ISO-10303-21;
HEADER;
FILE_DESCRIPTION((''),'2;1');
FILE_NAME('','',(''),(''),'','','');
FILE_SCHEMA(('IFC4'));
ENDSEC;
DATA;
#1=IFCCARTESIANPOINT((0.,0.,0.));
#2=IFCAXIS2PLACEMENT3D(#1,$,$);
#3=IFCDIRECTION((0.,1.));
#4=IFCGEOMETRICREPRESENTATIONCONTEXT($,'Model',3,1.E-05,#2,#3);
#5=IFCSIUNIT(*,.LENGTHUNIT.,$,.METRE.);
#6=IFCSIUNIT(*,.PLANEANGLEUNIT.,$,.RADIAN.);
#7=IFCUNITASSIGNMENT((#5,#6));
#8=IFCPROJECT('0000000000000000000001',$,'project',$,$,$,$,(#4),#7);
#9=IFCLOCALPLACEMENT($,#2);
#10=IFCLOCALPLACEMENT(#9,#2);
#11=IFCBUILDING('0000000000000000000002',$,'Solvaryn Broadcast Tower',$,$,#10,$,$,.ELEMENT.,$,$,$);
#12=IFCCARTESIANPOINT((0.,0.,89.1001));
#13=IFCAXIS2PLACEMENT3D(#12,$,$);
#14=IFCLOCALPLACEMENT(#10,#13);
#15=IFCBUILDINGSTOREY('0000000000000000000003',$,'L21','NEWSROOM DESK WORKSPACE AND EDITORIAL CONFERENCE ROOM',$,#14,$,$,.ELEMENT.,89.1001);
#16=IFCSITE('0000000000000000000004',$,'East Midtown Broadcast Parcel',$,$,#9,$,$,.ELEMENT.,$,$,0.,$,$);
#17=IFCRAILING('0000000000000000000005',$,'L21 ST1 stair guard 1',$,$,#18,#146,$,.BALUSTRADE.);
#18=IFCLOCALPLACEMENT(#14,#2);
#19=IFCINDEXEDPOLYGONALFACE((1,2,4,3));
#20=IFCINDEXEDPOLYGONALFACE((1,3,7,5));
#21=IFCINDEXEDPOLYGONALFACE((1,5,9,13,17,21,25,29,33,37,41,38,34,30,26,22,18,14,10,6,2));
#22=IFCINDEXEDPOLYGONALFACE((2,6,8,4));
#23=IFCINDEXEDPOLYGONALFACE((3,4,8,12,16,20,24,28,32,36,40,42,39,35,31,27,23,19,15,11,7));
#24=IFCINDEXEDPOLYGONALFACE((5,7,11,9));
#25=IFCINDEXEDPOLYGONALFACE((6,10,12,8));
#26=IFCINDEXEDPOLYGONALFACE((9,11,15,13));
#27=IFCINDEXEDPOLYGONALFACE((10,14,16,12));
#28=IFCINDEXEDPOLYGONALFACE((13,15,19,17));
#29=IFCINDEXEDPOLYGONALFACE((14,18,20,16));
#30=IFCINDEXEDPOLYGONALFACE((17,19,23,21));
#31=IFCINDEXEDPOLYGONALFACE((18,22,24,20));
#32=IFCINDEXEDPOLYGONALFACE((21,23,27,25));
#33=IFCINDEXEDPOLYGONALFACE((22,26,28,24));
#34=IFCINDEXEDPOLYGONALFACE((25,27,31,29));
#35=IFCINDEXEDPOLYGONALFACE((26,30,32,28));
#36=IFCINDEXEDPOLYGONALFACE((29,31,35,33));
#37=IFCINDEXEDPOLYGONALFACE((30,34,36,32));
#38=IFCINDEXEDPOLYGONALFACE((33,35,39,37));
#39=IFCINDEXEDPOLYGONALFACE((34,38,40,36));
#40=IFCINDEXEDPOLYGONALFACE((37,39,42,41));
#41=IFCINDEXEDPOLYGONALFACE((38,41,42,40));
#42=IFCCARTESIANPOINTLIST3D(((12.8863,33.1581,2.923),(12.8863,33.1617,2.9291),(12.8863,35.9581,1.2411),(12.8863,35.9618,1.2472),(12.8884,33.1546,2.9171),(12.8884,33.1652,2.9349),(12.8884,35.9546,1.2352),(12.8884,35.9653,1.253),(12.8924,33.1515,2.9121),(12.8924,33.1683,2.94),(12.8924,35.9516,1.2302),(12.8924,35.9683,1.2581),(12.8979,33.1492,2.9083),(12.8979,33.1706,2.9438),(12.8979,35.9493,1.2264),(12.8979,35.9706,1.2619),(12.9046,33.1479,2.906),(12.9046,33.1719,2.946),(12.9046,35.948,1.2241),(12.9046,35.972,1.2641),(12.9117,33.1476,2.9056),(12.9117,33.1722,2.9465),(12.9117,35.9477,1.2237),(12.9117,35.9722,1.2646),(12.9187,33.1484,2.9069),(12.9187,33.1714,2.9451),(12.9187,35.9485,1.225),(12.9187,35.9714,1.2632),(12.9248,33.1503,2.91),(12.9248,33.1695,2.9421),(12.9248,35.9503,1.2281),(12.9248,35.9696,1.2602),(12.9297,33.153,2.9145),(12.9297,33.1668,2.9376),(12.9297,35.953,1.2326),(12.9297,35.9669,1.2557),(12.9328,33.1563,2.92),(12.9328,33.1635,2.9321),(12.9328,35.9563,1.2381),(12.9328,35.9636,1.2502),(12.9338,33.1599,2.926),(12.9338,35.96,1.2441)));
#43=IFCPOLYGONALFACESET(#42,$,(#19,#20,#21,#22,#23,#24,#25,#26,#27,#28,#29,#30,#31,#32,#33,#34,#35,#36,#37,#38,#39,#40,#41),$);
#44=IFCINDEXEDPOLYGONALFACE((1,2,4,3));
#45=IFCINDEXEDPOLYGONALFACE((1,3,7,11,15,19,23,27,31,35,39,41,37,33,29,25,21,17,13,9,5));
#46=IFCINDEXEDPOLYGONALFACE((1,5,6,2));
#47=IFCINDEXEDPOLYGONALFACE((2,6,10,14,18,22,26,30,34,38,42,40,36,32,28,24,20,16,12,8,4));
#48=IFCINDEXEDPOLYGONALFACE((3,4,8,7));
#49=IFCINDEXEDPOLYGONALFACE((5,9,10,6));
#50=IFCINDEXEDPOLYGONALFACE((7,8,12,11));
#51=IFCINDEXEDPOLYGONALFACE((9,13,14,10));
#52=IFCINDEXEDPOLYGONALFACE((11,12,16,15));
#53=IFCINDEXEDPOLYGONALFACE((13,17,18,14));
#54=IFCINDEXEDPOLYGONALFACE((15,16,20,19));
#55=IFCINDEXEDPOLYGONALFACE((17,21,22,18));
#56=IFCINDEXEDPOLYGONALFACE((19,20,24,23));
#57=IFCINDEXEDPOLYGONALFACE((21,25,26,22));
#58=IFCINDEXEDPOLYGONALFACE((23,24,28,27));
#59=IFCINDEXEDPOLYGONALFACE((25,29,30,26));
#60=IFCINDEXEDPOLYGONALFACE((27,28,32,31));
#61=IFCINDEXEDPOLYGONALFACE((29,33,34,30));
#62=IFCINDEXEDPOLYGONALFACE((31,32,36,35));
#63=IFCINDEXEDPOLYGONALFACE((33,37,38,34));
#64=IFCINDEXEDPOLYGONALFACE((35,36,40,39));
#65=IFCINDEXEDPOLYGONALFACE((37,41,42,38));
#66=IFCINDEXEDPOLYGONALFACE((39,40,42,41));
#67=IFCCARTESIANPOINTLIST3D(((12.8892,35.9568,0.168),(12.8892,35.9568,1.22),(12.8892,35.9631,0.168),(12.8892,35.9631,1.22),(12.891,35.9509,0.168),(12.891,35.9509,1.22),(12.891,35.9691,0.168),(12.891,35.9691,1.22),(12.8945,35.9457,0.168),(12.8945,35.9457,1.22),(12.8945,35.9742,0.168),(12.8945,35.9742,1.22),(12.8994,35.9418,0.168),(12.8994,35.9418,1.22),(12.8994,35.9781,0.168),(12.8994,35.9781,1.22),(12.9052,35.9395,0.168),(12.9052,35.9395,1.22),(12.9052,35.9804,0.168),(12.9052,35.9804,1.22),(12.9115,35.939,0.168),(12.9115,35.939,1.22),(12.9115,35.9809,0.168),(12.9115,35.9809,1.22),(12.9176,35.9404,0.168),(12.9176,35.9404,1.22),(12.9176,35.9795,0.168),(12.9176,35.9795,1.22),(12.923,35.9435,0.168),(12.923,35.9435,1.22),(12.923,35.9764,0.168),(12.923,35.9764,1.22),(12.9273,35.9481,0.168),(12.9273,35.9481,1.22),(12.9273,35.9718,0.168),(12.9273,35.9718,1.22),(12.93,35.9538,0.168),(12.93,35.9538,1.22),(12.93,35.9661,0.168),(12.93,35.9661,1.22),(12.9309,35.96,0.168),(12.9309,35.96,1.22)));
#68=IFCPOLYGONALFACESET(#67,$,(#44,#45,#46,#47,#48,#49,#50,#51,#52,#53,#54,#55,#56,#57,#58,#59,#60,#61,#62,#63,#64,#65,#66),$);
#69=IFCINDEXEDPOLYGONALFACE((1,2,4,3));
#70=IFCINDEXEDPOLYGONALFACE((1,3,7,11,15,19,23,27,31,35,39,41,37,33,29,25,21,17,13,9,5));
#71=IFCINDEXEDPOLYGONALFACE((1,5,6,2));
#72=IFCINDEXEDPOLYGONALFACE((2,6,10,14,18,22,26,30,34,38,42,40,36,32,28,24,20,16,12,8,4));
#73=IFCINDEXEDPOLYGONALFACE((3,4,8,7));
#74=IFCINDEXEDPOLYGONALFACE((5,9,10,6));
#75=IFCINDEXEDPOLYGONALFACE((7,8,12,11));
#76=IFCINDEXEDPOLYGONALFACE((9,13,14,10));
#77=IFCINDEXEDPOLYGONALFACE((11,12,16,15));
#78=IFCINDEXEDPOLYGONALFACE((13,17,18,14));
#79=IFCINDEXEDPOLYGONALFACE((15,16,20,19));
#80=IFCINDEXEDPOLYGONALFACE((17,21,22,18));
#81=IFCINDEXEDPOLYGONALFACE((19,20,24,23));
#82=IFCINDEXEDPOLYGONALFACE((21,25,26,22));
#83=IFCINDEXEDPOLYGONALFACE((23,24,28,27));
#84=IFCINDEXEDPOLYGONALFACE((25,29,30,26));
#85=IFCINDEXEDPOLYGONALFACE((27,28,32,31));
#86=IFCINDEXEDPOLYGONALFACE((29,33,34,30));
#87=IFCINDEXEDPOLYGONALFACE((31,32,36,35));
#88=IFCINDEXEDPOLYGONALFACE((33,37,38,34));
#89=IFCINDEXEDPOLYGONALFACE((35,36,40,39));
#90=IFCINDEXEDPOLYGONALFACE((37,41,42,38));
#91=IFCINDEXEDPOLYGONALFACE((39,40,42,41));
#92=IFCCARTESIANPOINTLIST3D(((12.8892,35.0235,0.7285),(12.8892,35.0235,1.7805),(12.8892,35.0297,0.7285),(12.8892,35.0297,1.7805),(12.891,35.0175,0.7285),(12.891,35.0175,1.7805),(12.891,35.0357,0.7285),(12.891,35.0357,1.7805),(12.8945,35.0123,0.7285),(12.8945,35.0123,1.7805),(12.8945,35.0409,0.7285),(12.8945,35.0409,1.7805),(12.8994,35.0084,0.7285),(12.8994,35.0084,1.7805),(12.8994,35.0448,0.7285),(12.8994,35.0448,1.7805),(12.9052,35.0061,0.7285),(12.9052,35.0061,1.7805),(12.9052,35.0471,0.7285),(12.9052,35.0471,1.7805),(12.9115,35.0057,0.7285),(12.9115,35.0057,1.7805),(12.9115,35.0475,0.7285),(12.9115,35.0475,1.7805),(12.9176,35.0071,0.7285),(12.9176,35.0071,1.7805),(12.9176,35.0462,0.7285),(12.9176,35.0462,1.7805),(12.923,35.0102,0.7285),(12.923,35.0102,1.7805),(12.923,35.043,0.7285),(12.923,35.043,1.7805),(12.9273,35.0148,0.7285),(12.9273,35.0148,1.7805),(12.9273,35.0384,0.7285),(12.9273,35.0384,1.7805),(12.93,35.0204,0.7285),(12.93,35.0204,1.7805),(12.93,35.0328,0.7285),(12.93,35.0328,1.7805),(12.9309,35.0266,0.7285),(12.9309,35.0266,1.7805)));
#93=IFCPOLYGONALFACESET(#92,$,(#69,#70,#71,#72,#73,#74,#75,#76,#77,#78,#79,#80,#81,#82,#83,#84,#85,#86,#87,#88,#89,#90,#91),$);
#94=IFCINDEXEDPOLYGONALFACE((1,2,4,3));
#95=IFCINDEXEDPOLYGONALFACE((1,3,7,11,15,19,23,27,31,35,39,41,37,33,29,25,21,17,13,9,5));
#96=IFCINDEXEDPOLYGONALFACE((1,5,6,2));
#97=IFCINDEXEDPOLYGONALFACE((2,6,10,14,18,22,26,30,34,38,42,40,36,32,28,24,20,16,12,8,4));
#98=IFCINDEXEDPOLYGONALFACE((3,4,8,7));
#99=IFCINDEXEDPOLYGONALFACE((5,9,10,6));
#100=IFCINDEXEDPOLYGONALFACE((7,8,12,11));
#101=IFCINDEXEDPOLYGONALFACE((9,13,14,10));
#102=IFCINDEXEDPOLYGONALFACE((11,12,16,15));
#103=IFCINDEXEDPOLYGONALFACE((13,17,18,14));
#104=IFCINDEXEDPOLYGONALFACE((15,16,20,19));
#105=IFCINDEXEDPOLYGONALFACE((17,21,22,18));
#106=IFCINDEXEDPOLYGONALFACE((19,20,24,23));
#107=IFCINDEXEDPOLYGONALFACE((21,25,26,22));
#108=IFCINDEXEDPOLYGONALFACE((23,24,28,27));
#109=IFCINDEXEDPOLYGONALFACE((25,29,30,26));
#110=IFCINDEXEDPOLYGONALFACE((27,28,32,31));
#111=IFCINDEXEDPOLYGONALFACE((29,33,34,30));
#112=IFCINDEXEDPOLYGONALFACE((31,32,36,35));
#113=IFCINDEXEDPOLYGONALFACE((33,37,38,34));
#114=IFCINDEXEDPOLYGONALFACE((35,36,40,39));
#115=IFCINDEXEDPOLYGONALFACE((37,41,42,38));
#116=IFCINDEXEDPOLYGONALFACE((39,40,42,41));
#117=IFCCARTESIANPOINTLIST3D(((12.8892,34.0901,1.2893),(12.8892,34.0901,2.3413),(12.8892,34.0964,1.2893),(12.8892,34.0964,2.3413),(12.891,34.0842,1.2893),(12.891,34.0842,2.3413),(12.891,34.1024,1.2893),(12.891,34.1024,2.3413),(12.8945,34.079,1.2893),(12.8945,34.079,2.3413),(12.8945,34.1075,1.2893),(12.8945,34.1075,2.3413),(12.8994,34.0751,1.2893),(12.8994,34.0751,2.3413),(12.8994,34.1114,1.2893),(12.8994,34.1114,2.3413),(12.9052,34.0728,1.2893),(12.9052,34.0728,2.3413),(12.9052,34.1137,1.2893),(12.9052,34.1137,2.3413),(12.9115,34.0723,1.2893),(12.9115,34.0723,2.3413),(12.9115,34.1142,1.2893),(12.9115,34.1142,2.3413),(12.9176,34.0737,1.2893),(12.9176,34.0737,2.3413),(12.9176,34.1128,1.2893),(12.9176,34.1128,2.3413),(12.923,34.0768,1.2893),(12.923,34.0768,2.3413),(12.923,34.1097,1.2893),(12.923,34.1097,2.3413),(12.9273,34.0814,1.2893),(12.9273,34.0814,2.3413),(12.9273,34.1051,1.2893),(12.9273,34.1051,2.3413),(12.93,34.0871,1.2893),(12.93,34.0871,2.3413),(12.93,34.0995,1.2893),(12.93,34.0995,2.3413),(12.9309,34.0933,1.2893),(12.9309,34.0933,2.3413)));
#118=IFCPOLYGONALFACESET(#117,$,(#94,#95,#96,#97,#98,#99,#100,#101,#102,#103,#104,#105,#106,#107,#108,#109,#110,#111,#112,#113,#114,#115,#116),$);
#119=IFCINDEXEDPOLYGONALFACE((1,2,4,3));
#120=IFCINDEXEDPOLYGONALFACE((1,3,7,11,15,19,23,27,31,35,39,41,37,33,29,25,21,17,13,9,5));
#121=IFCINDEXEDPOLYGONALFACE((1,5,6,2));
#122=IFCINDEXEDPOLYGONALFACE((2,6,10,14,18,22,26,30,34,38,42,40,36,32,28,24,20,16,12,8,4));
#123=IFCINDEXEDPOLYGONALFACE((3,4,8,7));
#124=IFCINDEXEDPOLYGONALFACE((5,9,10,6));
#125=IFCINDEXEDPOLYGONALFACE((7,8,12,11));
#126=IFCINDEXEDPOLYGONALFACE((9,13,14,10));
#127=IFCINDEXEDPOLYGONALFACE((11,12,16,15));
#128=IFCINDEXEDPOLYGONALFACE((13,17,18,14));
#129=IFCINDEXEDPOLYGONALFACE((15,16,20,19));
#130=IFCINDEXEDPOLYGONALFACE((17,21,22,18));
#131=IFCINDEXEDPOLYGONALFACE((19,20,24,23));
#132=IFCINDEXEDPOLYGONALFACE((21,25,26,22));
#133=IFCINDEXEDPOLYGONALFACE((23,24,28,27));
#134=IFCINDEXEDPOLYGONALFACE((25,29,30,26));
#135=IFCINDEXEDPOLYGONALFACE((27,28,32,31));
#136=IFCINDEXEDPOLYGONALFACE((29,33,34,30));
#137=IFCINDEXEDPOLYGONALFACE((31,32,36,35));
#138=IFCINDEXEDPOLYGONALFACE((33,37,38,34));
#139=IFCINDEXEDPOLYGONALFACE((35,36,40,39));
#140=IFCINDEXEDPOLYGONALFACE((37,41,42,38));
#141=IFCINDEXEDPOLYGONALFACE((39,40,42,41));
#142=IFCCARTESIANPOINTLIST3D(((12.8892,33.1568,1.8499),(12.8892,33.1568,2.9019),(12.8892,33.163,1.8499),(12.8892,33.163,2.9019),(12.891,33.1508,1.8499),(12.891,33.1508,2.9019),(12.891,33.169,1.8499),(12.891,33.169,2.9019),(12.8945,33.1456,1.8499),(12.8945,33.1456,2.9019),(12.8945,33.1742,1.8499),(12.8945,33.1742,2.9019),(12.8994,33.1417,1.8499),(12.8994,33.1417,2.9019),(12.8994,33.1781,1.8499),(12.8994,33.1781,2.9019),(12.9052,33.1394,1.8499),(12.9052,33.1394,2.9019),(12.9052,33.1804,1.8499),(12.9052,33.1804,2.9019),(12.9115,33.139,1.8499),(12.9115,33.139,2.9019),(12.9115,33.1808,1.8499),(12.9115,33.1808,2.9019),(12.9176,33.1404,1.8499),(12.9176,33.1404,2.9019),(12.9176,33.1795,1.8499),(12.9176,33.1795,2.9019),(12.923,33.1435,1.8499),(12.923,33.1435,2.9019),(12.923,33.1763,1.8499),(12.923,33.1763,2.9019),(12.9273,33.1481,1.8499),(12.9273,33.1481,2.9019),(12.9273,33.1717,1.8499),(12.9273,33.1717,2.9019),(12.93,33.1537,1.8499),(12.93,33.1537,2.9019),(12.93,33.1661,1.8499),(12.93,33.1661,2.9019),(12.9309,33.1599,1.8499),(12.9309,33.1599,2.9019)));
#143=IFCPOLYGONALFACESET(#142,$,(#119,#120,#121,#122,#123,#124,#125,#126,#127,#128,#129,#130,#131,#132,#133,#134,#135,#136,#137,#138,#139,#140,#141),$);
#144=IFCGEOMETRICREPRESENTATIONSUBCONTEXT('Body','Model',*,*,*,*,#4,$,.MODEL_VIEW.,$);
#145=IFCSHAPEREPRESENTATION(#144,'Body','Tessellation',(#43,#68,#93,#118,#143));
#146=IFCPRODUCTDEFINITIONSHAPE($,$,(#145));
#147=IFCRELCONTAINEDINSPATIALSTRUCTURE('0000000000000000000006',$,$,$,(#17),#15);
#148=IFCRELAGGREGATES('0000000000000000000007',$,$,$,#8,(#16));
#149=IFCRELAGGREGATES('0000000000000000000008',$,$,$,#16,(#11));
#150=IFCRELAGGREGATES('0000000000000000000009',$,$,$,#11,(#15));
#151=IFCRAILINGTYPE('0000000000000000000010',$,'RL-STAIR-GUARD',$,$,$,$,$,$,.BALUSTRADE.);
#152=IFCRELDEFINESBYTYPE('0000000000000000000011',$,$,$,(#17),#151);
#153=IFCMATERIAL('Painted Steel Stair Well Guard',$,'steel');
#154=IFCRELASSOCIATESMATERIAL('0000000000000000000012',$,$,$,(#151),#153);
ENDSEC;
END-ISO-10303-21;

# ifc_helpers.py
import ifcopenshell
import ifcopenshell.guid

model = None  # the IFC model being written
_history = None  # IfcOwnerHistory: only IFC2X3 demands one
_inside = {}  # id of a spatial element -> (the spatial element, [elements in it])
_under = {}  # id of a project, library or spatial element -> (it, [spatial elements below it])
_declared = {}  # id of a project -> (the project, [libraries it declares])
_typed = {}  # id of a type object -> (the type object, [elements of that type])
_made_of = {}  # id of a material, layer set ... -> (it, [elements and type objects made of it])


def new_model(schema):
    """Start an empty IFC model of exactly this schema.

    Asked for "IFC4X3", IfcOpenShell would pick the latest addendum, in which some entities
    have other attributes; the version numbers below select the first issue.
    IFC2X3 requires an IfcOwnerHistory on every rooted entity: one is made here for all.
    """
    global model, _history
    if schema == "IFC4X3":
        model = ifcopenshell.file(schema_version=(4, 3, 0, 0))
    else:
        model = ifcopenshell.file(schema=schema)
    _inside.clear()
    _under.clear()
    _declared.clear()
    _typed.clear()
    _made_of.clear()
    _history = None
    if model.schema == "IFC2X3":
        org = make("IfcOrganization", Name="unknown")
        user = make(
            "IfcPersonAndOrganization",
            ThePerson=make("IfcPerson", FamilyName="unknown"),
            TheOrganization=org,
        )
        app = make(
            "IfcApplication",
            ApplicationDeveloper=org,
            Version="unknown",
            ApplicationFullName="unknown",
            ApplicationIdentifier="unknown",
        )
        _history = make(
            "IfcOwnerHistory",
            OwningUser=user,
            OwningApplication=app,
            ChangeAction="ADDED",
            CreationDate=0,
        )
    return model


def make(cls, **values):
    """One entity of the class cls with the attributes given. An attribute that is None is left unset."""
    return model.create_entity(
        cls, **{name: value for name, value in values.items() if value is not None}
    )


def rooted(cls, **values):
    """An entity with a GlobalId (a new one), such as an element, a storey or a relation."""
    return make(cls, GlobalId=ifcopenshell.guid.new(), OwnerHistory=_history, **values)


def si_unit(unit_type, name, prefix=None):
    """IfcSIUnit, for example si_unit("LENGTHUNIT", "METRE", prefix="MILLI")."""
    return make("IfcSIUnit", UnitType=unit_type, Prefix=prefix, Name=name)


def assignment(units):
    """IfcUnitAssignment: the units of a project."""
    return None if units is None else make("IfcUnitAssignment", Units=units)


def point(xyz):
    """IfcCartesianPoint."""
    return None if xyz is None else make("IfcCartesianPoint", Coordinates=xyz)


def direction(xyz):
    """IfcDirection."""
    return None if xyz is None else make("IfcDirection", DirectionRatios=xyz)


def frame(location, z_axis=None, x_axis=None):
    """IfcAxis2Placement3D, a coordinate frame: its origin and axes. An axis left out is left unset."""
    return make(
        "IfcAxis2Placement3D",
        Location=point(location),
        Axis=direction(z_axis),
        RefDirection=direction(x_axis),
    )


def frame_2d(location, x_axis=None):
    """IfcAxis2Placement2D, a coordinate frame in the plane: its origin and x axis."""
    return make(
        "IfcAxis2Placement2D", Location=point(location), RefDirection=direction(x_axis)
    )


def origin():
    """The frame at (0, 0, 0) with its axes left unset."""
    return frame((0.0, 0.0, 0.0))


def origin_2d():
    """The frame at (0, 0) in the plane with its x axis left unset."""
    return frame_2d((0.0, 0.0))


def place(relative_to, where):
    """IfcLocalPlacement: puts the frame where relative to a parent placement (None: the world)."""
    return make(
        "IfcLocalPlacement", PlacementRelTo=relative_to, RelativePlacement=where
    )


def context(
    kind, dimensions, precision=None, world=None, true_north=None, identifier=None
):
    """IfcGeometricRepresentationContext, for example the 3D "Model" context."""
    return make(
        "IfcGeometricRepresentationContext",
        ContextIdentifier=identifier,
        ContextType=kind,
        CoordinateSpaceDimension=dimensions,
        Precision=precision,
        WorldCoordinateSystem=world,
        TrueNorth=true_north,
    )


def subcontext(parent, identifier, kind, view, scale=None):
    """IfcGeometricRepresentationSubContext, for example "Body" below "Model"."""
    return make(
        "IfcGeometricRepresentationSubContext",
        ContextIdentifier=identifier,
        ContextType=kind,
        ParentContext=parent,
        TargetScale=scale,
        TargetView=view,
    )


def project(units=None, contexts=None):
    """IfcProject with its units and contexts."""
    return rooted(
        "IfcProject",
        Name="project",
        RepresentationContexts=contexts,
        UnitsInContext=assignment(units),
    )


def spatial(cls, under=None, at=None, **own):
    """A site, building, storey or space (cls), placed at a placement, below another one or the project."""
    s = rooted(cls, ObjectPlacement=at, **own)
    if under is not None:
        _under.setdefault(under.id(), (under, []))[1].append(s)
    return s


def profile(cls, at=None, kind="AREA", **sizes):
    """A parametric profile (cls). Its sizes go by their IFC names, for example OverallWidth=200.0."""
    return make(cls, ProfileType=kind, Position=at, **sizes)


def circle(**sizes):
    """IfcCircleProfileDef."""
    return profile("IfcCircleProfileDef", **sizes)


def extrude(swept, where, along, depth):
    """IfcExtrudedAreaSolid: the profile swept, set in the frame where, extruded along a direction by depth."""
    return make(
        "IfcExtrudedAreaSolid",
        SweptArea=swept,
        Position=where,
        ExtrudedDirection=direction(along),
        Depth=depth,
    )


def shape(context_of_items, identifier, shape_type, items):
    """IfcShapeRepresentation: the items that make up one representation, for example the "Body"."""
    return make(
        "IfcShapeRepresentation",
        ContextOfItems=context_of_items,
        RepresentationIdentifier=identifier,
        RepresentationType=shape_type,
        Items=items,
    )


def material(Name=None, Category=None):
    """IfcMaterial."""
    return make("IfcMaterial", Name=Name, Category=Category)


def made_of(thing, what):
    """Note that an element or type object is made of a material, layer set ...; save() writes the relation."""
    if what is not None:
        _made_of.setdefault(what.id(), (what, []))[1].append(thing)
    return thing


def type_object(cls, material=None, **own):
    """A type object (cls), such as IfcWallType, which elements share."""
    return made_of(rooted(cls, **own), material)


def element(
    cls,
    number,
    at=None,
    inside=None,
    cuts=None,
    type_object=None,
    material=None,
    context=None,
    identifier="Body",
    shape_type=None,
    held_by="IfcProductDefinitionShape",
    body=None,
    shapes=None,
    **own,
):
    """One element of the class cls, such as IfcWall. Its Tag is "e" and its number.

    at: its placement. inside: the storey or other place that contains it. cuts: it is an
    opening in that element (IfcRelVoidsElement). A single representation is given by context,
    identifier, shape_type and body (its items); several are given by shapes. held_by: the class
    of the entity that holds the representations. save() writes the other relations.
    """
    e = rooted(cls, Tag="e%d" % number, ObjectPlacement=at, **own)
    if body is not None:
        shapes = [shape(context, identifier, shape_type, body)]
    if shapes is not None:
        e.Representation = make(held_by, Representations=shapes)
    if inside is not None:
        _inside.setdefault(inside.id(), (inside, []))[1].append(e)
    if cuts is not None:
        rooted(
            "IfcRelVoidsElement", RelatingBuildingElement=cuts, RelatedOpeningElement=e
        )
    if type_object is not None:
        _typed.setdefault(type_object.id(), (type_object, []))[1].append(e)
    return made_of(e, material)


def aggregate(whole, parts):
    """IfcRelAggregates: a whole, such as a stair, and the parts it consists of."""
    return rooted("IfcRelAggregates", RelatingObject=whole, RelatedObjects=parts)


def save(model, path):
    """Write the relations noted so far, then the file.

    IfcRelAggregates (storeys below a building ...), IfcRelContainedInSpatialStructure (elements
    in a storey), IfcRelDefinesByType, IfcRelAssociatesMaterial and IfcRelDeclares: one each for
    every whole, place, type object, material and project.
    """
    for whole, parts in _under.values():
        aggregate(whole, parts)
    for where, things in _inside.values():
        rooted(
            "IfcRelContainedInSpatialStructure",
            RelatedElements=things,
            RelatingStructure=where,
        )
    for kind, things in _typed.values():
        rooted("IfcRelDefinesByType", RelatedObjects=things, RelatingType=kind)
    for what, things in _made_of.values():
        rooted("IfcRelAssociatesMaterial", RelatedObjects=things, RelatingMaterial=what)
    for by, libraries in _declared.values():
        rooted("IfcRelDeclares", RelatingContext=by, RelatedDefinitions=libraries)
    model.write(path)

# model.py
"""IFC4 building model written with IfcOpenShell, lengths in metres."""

from ifc_helpers import new_model, si_unit, direction, frame, origin, origin_2d, place, context, subcontext, project, spatial, circle, extrude, material, type_object, element, save


model = new_model("IFC4")

# Units and contexts
model_context = context("Model", 3, precision=1e-05, world=origin(), true_north=direction((0.0, 1.0)))
body_context = subcontext(model_context, "Body", "Model", "MODEL_VIEW")
ifc_project = project(units=[si_unit("LENGTHUNIT", "METRE"), si_unit("PLANEANGLEUNIT", "RADIAN")], contexts=[model_context])

# Site, building, storey
site_placement = place(None, origin())
site = spatial("IfcSite", under=ifc_project, at=site_placement, Name="East Midtown Broadcast Parcel", CompositionType="ELEMENT", RefElevation=0.0)
building_placement = place(site_placement, origin())
building = spatial("IfcBuilding", under=site, at=building_placement, Name="Solvaryn Broadcast Tower", CompositionType="ELEMENT")
storey_placement = place(building_placement, frame((0.0, 0.0, 89.1001)))
storey = spatial("IfcBuildingStorey", under=building, at=storey_placement, Name="L21", Description="NEWSROOM DESK WORKSPACE AND EDITORIAL CONFERENCE ROOM", CompositionType="ELEMENT", Elevation=89.1001)

# Railing
ifc_material_1 = material(Name="Painted Steel Stair Well Guard", Category="steel")
railing_type_1 = type_object("IfcRailingType", Name="RL-STAIR-GUARD", PredefinedType="BALUSTRADE", material=ifc_material_1)
railing_1_placement = place(storey_placement, frame((12.9099, 35.96, 0.168)))
element("IfcRailing", 1, at=railing_1_placement, inside=storey, type_object=railing_type_1, Name="L21 ST1 stair guard 1", PredefinedType="BALUSTRADE", context=body_context, shape_type="SweptSolid", body=[
    extrude(circle(Radius=0.0239, at=origin_2d()), frame((0.0, 0.0, 1.0762), z_axis=(0.0, -0.857242, 0.514913), x_axis=(1.0, 0.0, 0.0)), (0.0, 0.0, 1.0), 3.2664),
    extrude(circle(Radius=0.021, at=origin_2d()), origin(), (0.0, 0.0, 1.0), 1.052),
    extrude(circle(Radius=0.021, at=origin_2d()), frame((0.0, -0.9333, 0.5605)), (0.0, 0.0, 1.0), 1.052),
    extrude(circle(Radius=0.021, at=origin_2d()), frame((0.0, -1.8667, 1.1213)), (0.0, 0.0, 1.0), 1.052),
    extrude(circle(Radius=0.021, at=origin_2d()), frame((0.0, -2.8, 1.6819)), (0.0, 0.0, 1.0), 1.052),
])

save(model, "model.ifc")
